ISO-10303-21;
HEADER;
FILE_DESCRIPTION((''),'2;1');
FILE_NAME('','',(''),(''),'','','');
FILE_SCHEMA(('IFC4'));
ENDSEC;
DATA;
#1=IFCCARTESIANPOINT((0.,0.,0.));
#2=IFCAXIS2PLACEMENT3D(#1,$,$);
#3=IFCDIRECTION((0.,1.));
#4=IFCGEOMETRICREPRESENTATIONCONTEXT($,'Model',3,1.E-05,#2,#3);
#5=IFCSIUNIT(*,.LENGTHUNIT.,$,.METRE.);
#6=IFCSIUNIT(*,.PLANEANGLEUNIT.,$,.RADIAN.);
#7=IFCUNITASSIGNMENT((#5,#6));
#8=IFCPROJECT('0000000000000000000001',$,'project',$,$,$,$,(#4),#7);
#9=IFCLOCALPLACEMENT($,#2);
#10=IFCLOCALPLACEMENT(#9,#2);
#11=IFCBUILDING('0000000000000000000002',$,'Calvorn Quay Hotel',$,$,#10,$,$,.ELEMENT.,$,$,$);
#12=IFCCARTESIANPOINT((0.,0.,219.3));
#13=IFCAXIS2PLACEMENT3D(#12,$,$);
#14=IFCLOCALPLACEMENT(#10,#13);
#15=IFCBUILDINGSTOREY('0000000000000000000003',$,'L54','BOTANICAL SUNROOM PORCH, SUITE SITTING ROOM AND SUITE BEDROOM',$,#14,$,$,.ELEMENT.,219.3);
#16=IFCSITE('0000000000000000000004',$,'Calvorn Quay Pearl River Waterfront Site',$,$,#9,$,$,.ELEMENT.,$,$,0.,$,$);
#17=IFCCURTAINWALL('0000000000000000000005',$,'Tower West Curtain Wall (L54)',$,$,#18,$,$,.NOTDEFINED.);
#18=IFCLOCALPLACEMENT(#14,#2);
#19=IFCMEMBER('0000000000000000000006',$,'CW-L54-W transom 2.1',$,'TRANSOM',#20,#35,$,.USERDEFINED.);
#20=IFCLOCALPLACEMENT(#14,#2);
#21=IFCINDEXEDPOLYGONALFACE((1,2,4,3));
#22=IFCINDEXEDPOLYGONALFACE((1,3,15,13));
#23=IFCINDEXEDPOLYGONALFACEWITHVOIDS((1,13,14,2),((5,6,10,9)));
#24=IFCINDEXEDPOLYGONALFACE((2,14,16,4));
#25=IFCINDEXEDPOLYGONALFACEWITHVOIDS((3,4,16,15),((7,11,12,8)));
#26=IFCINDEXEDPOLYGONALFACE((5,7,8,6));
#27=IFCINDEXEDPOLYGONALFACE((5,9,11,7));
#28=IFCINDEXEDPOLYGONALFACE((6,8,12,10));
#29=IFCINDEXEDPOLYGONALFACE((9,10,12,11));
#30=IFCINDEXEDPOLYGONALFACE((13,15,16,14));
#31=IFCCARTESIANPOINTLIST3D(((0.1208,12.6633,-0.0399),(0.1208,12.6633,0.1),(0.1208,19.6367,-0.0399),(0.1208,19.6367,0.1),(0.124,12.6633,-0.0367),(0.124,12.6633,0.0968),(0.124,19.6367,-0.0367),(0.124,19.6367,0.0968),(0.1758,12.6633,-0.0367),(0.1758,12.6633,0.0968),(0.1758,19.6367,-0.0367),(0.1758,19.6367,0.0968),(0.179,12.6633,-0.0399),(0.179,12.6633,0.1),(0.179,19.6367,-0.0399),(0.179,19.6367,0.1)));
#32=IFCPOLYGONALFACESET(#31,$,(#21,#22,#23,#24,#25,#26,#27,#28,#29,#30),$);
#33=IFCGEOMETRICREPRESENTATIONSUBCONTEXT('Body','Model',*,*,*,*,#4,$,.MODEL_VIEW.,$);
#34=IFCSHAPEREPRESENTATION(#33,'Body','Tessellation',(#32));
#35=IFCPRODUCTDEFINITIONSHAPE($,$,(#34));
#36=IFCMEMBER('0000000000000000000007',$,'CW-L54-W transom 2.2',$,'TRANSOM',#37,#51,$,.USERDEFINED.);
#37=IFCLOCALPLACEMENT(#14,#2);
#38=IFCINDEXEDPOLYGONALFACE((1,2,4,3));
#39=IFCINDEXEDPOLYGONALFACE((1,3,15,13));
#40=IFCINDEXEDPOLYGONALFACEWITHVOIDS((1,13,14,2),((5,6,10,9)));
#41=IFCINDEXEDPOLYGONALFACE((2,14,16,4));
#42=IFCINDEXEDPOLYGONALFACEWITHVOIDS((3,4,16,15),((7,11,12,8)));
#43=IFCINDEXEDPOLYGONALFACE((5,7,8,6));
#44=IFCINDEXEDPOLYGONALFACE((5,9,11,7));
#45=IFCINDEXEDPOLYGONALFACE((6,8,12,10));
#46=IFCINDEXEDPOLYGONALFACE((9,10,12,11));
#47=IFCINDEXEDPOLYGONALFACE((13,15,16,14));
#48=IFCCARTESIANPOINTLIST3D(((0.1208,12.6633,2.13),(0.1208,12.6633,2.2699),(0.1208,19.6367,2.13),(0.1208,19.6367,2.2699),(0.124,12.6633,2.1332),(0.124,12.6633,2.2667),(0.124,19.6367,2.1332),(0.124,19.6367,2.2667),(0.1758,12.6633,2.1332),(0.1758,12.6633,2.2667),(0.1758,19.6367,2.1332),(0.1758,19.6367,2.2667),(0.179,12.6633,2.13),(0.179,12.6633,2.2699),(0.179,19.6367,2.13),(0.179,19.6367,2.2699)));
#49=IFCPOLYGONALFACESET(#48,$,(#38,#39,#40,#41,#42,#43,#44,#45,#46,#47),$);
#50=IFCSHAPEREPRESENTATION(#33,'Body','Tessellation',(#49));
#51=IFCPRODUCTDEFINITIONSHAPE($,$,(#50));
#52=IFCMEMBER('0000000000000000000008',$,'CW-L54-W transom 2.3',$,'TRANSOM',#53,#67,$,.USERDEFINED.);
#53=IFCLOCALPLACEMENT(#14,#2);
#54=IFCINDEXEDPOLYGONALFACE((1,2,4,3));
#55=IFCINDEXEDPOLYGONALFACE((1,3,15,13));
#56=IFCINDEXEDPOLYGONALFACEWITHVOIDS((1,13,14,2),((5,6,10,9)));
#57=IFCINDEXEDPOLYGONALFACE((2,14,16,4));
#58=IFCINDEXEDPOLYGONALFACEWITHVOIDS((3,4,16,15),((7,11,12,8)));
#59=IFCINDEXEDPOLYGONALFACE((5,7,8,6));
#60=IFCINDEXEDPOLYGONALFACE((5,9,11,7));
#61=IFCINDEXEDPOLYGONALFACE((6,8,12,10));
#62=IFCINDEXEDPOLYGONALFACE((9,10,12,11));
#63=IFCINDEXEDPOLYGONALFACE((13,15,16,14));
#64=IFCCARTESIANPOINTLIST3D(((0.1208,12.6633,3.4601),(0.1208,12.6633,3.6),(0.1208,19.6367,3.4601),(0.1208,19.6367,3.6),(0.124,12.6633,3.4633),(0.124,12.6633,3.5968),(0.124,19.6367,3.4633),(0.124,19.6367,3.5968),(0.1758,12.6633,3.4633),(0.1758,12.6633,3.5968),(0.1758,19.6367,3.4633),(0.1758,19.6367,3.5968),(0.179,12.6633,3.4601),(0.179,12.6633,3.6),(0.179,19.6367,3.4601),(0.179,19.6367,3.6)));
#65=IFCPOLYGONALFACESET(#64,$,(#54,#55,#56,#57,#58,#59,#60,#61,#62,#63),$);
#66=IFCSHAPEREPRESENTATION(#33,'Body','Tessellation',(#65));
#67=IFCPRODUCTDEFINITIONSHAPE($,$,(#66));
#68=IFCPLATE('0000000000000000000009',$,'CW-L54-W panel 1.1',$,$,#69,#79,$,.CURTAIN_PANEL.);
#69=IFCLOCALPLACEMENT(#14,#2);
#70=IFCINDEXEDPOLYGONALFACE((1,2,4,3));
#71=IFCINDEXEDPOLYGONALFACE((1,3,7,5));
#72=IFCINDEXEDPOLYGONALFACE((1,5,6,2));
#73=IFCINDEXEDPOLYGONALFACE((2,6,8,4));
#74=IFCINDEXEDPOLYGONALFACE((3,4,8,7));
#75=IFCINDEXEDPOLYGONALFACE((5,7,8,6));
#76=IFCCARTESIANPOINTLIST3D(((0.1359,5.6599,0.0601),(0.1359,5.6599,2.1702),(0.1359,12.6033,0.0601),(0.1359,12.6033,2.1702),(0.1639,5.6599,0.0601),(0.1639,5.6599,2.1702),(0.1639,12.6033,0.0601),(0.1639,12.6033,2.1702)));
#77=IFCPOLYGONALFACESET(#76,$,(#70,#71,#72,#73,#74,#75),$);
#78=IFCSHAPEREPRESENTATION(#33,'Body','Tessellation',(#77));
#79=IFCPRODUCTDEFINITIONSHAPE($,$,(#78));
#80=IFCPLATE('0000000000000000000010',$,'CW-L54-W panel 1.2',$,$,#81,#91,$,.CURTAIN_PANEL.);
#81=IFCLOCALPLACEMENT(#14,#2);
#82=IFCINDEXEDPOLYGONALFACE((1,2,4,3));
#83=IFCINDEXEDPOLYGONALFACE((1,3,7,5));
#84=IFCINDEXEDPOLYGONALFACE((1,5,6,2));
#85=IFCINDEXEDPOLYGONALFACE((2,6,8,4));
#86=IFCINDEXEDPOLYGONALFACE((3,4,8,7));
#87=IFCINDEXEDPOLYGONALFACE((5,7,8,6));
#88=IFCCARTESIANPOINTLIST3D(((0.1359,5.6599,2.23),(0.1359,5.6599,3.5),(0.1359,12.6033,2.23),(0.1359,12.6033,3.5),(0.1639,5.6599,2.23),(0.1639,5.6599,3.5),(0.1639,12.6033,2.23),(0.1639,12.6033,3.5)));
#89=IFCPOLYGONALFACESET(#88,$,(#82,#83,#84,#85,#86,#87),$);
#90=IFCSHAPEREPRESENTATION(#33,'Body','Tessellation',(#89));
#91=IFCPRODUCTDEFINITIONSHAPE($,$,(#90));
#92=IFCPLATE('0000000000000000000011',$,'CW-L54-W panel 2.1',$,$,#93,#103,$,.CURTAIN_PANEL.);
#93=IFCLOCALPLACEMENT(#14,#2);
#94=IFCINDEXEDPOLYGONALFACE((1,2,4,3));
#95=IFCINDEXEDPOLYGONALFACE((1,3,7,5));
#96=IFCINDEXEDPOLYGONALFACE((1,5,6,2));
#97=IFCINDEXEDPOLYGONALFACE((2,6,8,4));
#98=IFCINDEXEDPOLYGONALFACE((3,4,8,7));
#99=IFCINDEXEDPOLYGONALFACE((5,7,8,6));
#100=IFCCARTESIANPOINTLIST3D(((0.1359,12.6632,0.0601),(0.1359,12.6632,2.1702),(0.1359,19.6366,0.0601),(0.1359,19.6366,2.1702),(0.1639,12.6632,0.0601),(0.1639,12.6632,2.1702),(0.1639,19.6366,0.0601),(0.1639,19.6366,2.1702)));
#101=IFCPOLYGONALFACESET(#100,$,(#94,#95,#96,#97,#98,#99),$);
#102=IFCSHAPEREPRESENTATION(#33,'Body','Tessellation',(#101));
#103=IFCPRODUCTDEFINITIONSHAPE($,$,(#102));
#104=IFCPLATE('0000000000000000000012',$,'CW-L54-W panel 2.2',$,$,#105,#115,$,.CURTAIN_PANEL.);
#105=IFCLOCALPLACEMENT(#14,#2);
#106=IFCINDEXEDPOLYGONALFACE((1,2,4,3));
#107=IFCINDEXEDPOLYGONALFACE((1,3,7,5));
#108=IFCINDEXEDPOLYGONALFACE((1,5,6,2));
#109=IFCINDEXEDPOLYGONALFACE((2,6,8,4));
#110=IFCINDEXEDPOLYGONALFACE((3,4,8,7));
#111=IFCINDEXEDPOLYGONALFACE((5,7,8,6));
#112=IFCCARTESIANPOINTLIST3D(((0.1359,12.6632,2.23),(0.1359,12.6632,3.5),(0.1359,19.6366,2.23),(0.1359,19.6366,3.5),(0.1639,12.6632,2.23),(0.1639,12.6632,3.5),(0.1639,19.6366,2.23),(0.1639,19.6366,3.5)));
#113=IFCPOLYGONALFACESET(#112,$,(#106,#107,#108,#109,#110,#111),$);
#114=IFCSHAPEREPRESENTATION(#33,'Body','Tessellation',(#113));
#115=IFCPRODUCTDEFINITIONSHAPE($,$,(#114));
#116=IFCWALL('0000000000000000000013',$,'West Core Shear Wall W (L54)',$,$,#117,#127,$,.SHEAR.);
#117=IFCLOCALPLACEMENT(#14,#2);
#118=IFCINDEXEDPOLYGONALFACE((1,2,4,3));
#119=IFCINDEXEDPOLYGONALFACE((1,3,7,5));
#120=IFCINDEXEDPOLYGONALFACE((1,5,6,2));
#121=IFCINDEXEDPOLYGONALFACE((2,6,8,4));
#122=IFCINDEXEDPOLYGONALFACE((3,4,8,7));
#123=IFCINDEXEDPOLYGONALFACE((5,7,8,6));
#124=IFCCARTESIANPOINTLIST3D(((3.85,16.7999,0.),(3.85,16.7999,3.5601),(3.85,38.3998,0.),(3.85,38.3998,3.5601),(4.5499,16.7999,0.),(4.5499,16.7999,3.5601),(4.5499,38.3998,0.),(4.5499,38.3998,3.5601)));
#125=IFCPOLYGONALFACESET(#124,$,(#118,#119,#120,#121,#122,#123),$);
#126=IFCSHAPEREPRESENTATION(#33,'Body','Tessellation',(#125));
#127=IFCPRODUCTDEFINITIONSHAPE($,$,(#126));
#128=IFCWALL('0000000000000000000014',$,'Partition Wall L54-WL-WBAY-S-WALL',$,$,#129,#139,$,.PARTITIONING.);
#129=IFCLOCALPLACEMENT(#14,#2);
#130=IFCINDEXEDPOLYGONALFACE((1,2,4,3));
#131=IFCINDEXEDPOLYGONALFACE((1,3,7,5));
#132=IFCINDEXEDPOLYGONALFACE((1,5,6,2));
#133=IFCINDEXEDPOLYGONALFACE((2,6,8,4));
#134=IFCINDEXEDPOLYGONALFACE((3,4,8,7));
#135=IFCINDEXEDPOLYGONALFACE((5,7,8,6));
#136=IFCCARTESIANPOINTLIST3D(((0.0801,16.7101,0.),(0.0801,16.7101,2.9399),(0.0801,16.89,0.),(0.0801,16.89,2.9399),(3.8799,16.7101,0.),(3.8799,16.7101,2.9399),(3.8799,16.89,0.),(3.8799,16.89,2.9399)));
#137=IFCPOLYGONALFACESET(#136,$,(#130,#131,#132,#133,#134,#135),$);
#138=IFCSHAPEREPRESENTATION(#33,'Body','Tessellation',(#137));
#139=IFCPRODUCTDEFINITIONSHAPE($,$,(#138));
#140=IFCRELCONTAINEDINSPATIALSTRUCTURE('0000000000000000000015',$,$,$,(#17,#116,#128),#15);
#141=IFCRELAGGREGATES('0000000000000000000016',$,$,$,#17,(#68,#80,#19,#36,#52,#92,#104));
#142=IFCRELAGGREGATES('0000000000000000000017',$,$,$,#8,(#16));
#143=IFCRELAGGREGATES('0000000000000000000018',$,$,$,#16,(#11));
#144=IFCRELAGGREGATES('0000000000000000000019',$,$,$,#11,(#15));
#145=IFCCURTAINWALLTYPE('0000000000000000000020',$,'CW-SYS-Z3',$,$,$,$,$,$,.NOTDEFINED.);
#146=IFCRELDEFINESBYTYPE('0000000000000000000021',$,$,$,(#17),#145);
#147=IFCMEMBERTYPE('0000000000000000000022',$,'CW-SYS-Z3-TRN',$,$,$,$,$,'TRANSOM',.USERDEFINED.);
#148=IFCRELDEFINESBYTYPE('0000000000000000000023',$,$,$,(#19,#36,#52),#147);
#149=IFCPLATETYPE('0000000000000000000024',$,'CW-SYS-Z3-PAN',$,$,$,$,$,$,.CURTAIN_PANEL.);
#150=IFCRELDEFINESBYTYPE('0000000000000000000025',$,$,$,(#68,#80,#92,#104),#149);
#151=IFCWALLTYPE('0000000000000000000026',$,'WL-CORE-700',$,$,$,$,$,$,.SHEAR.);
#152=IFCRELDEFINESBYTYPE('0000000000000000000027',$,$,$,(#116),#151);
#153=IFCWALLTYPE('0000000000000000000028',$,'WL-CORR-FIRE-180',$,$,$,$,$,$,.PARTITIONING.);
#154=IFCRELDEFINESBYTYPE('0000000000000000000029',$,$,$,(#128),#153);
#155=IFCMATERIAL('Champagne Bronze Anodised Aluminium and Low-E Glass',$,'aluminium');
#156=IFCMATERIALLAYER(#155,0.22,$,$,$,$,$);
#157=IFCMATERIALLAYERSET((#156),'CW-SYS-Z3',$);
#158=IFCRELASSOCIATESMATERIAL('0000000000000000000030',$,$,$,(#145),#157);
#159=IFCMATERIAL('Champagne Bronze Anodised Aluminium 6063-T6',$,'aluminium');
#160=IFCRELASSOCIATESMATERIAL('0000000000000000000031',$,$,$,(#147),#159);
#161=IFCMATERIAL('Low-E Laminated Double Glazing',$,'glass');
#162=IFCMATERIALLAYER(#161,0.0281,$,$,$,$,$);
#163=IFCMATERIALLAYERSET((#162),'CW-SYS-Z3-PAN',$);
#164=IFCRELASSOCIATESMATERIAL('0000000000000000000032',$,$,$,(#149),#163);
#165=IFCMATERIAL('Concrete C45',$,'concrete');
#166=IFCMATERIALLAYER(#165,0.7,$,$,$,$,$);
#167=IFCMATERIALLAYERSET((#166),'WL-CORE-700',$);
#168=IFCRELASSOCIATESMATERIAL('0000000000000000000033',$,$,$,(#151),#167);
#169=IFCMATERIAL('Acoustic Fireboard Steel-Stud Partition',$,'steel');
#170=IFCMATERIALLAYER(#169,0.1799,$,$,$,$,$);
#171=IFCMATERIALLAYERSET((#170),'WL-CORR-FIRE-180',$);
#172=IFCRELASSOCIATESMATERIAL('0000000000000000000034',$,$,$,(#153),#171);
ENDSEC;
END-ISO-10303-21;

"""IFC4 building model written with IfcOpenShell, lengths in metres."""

from ifc_helpers import new_model, si_unit, direction, frame, frame_2d, origin, origin_2d, place, context, subcontext, project, spatial, rectangle, hollow_rectangle, extrude, material, layer, layer_set, material_profile, profile_set, type_object, element, aggregate, save


model = new_model("IFC4")

# Units and contexts
model_context = context("Model", 3, precision=1e-05, world=origin(), true_north=direction((0.0, 1.0)))
body_context = subcontext(model_context, "Body", "Model", "MODEL_VIEW")
ifc_project = project(units=[si_unit("LENGTHUNIT", "METRE"), si_unit("PLANEANGLEUNIT", "RADIAN")], contexts=[model_context])

# Site, building, storey
site_placement = place(None, origin())
site = spatial("IfcSite", under=ifc_project, at=site_placement, Name="Calvorn Quay Pearl River Waterfront Site", CompositionType="ELEMENT", RefElevation=0.0)
building_placement = place(site_placement, origin())
building = spatial("IfcBuilding", under=site, at=building_placement, Name="Calvorn Quay Hotel", CompositionType="ELEMENT")
storey_placement = place(building_placement, frame((0.0, 0.0, 219.3)))
storey = spatial("IfcBuildingStorey", under=building, at=storey_placement, Name="L54", Description="BOTANICAL SUNROOM PORCH, SUITE SITTING ROOM AND SUITE BEDROOM", CompositionType="ELEMENT", Elevation=219.3)

# Curtain wall, members, plates
ifc_material_1 = material(Name="Champagne Bronze Anodised Aluminium and Low-E Glass", Category="aluminium")
ifc_layer_1 = layer(ifc_material_1, 0.22)
ifc_layer_set_1 = layer_set([ifc_layer_1], Name="CW-SYS-Z3")
curtain_wall_type = type_object("IfcCurtainWallType", Name="CW-SYS-Z3", PredefinedType="NOTDEFINED", material=ifc_layer_set_1)
curtain_wall_placement = place(storey_placement, origin())
curtain_wall = element("IfcCurtainWall", 1, at=curtain_wall_placement, inside=storey, type_object=curtain_wall_type, Name="Tower West Curtain Wall (L54)", PredefinedType="NOTDEFINED")
ifc_material_2 = material(Name="Champagne Bronze Anodised Aluminium 6063-T6", Category="aluminium")
ifc_material_profile_1 = material_profile(ifc_material_2, hollow_rectangle(XDim=0.0581, YDim=0.1399, WallThickness=0.0032, at=origin_2d()), Name="ALU-T140x58x3.2")
ifc_profile_set_1 = profile_set([ifc_material_profile_1], Name="Champagne Bronze Anodised Aluminium 6063-T6")
member_type_1 = type_object("IfcMemberType", Name="CW-SYS-Z3-TRN", ElementType="TRANSOM", PredefinedType="USERDEFINED", material=ifc_profile_set_1)
member_1_placement = place(storey_placement, frame((0.1499, 12.6633, 0.03), z_axis=(0.0, 1.0, 0.0), x_axis=(-1.0, 0.0, 0.0)))
member_1 = element("IfcMember", 2, at=member_1_placement, type_object=member_type_1, Name="CW-L54-W transom 2.1", ObjectType="TRANSOM", PredefinedType="USERDEFINED", context=body_context, shape_type="SweptSolid", body=[
    extrude(hollow_rectangle(XDim=0.0581, YDim=0.1399, WallThickness=0.0032, at=origin_2d()), origin(), (0.0, 0.0, 1.0), 6.9734),
])
member_2_placement = place(storey_placement, frame((0.1499, 12.6633, 2.2), z_axis=(0.0, 1.0, 0.0), x_axis=(-1.0, 0.0, 0.0)))
member_2 = element("IfcMember", 3, at=member_2_placement, type_object=member_type_1, Name="CW-L54-W transom 2.2", ObjectType="TRANSOM", PredefinedType="USERDEFINED", context=body_context, shape_type="SweptSolid", body=[
    extrude(hollow_rectangle(XDim=0.0581, YDim=0.1399, WallThickness=0.0032, at=origin_2d()), origin(), (0.0, 0.0, 1.0), 6.9734),
])
member_3_placement = place(storey_placement, frame((0.1499, 12.6633, 3.53), z_axis=(0.0, 1.0, 0.0), x_axis=(-1.0, 0.0, 0.0)))
member_3 = element("IfcMember", 4, at=member_3_placement, type_object=member_type_1, Name="CW-L54-W transom 2.3", ObjectType="TRANSOM", PredefinedType="USERDEFINED", context=body_context, shape_type="SweptSolid", body=[
    extrude(hollow_rectangle(XDim=0.0581, YDim=0.1399, WallThickness=0.0032, at=origin_2d()), origin(), (0.0, 0.0, 1.0), 6.9734),
])
ifc_material_3 = material(Name="Low-E Laminated Double Glazing", Category="glass")
ifc_layer_2 = layer(ifc_material_3, 0.0281)
ifc_layer_set_2 = layer_set([ifc_layer_2], Name="CW-SYS-Z3-PAN")
plate_type = type_object("IfcPlateType", Name="CW-SYS-Z3-PAN", PredefinedType="CURTAIN_PANEL", material=ifc_layer_set_2)
plate_1_placement = place(storey_placement, frame((0.1499, 9.1316, 0.0601), z_axis=(0.0, 0.0, 1.0), x_axis=(0.0, 1.0, 0.0)))
plate_1 = element("IfcPlate", 5, at=plate_1_placement, type_object=plate_type, Name="CW-L54-W panel 1.1", PredefinedType="CURTAIN_PANEL", context=body_context, shape_type="SweptSolid", body=[
    extrude(rectangle(XDim=6.9434, YDim=0.0281, at=origin_2d()), origin(), (0.0, 0.0, 1.0), 2.1101),
])
plate_2_placement = place(storey_placement, frame((0.1499, 9.1316, 2.23), z_axis=(0.0, 0.0, 1.0), x_axis=(0.0, 1.0, 0.0)))
plate_2 = element("IfcPlate", 6, at=plate_2_placement, type_object=plate_type, Name="CW-L54-W panel 1.2", PredefinedType="CURTAIN_PANEL", context=body_context, shape_type="SweptSolid", body=[
    extrude(rectangle(XDim=6.9434, YDim=0.0281, at=origin_2d()), origin(), (0.0, 0.0, 1.0), 1.27),
])
plate_3_placement = place(storey_placement, frame((0.1499, 16.1499, 0.0601), z_axis=(0.0, 0.0, 1.0), x_axis=(0.0, 1.0, 0.0)))
plate_3 = element("IfcPlate", 7, at=plate_3_placement, type_object=plate_type, Name="CW-L54-W panel 2.1", PredefinedType="CURTAIN_PANEL", context=body_context, shape_type="SweptSolid", body=[
    extrude(rectangle(XDim=6.9734, YDim=0.0281, at=origin_2d()), origin(), (0.0, 0.0, 1.0), 2.1101),
])
plate_4_placement = place(storey_placement, frame((0.1499, 16.1499, 2.23), z_axis=(0.0, 0.0, 1.0), x_axis=(0.0, 1.0, 0.0)))
plate_4 = element("IfcPlate", 8, at=plate_4_placement, type_object=plate_type, Name="CW-L54-W panel 2.2", PredefinedType="CURTAIN_PANEL", context=body_context, shape_type="SweptSolid", body=[
    extrude(rectangle(XDim=6.9734, YDim=0.0281, at=origin_2d()), origin(), (0.0, 0.0, 1.0), 1.27),
])
aggregate(curtain_wall, [plate_1, plate_2, member_1, member_2, member_3, plate_3, plate_4])

# Walls
ifc_material_4 = material(Name="Concrete C45", Category="concrete")
ifc_layer_3 = layer(ifc_material_4, 0.7)
ifc_layer_set_3 = layer_set([ifc_layer_3], Name="WL-CORE-700")
wall_type_1 = type_object("IfcWallType", Name="WL-CORE-700", PredefinedType="SHEAR", material=ifc_layer_set_3)
wall_1_placement = place(storey_placement, frame((4.2, 16.8, 0.0), z_axis=(0.0, 0.0, 1.0), x_axis=(0.0, 1.0, 0.0)))
element("IfcWall", 9, at=wall_1_placement, inside=storey, type_object=wall_type_1, Name="West Core Shear Wall W (L54)", PredefinedType="SHEAR", context=body_context, shape_type="SweptSolid", body=[
    extrude(rectangle(XDim=21.5999, YDim=0.7, at=frame_2d((10.7998, 0.0))), origin(), (0.0, 0.0, 1.0), 3.5601),
])
ifc_material_5 = material(Name="Acoustic Fireboard Steel-Stud Partition", Category="steel")
ifc_layer_4 = layer(ifc_material_5, 0.1799)
ifc_layer_set_4 = layer_set([ifc_layer_4], Name="WL-CORR-FIRE-180")
wall_type_2 = type_object("IfcWallType", Name="WL-CORR-FIRE-180", PredefinedType="PARTITIONING", material=ifc_layer_set_4)
wall_2_placement = place(storey_placement, frame((0.0801, 16.8, 0.0), z_axis=(0.0, 0.0, 1.0), x_axis=(1.0, 0.0, 0.0)))
element("IfcWall", 10, at=wall_2_placement, inside=storey, type_object=wall_type_2, Name="Partition Wall L54-WL-WBAY-S-WALL", PredefinedType="PARTITIONING", context=body_context, shape_type="SweptSolid", body=[
    extrude(rectangle(XDim=3.7998, YDim=0.1799, at=frame_2d((1.8999, 0.0))), origin(), (0.0, 0.0, 1.0), 2.9399),
])

save(model, "model.ifc")
